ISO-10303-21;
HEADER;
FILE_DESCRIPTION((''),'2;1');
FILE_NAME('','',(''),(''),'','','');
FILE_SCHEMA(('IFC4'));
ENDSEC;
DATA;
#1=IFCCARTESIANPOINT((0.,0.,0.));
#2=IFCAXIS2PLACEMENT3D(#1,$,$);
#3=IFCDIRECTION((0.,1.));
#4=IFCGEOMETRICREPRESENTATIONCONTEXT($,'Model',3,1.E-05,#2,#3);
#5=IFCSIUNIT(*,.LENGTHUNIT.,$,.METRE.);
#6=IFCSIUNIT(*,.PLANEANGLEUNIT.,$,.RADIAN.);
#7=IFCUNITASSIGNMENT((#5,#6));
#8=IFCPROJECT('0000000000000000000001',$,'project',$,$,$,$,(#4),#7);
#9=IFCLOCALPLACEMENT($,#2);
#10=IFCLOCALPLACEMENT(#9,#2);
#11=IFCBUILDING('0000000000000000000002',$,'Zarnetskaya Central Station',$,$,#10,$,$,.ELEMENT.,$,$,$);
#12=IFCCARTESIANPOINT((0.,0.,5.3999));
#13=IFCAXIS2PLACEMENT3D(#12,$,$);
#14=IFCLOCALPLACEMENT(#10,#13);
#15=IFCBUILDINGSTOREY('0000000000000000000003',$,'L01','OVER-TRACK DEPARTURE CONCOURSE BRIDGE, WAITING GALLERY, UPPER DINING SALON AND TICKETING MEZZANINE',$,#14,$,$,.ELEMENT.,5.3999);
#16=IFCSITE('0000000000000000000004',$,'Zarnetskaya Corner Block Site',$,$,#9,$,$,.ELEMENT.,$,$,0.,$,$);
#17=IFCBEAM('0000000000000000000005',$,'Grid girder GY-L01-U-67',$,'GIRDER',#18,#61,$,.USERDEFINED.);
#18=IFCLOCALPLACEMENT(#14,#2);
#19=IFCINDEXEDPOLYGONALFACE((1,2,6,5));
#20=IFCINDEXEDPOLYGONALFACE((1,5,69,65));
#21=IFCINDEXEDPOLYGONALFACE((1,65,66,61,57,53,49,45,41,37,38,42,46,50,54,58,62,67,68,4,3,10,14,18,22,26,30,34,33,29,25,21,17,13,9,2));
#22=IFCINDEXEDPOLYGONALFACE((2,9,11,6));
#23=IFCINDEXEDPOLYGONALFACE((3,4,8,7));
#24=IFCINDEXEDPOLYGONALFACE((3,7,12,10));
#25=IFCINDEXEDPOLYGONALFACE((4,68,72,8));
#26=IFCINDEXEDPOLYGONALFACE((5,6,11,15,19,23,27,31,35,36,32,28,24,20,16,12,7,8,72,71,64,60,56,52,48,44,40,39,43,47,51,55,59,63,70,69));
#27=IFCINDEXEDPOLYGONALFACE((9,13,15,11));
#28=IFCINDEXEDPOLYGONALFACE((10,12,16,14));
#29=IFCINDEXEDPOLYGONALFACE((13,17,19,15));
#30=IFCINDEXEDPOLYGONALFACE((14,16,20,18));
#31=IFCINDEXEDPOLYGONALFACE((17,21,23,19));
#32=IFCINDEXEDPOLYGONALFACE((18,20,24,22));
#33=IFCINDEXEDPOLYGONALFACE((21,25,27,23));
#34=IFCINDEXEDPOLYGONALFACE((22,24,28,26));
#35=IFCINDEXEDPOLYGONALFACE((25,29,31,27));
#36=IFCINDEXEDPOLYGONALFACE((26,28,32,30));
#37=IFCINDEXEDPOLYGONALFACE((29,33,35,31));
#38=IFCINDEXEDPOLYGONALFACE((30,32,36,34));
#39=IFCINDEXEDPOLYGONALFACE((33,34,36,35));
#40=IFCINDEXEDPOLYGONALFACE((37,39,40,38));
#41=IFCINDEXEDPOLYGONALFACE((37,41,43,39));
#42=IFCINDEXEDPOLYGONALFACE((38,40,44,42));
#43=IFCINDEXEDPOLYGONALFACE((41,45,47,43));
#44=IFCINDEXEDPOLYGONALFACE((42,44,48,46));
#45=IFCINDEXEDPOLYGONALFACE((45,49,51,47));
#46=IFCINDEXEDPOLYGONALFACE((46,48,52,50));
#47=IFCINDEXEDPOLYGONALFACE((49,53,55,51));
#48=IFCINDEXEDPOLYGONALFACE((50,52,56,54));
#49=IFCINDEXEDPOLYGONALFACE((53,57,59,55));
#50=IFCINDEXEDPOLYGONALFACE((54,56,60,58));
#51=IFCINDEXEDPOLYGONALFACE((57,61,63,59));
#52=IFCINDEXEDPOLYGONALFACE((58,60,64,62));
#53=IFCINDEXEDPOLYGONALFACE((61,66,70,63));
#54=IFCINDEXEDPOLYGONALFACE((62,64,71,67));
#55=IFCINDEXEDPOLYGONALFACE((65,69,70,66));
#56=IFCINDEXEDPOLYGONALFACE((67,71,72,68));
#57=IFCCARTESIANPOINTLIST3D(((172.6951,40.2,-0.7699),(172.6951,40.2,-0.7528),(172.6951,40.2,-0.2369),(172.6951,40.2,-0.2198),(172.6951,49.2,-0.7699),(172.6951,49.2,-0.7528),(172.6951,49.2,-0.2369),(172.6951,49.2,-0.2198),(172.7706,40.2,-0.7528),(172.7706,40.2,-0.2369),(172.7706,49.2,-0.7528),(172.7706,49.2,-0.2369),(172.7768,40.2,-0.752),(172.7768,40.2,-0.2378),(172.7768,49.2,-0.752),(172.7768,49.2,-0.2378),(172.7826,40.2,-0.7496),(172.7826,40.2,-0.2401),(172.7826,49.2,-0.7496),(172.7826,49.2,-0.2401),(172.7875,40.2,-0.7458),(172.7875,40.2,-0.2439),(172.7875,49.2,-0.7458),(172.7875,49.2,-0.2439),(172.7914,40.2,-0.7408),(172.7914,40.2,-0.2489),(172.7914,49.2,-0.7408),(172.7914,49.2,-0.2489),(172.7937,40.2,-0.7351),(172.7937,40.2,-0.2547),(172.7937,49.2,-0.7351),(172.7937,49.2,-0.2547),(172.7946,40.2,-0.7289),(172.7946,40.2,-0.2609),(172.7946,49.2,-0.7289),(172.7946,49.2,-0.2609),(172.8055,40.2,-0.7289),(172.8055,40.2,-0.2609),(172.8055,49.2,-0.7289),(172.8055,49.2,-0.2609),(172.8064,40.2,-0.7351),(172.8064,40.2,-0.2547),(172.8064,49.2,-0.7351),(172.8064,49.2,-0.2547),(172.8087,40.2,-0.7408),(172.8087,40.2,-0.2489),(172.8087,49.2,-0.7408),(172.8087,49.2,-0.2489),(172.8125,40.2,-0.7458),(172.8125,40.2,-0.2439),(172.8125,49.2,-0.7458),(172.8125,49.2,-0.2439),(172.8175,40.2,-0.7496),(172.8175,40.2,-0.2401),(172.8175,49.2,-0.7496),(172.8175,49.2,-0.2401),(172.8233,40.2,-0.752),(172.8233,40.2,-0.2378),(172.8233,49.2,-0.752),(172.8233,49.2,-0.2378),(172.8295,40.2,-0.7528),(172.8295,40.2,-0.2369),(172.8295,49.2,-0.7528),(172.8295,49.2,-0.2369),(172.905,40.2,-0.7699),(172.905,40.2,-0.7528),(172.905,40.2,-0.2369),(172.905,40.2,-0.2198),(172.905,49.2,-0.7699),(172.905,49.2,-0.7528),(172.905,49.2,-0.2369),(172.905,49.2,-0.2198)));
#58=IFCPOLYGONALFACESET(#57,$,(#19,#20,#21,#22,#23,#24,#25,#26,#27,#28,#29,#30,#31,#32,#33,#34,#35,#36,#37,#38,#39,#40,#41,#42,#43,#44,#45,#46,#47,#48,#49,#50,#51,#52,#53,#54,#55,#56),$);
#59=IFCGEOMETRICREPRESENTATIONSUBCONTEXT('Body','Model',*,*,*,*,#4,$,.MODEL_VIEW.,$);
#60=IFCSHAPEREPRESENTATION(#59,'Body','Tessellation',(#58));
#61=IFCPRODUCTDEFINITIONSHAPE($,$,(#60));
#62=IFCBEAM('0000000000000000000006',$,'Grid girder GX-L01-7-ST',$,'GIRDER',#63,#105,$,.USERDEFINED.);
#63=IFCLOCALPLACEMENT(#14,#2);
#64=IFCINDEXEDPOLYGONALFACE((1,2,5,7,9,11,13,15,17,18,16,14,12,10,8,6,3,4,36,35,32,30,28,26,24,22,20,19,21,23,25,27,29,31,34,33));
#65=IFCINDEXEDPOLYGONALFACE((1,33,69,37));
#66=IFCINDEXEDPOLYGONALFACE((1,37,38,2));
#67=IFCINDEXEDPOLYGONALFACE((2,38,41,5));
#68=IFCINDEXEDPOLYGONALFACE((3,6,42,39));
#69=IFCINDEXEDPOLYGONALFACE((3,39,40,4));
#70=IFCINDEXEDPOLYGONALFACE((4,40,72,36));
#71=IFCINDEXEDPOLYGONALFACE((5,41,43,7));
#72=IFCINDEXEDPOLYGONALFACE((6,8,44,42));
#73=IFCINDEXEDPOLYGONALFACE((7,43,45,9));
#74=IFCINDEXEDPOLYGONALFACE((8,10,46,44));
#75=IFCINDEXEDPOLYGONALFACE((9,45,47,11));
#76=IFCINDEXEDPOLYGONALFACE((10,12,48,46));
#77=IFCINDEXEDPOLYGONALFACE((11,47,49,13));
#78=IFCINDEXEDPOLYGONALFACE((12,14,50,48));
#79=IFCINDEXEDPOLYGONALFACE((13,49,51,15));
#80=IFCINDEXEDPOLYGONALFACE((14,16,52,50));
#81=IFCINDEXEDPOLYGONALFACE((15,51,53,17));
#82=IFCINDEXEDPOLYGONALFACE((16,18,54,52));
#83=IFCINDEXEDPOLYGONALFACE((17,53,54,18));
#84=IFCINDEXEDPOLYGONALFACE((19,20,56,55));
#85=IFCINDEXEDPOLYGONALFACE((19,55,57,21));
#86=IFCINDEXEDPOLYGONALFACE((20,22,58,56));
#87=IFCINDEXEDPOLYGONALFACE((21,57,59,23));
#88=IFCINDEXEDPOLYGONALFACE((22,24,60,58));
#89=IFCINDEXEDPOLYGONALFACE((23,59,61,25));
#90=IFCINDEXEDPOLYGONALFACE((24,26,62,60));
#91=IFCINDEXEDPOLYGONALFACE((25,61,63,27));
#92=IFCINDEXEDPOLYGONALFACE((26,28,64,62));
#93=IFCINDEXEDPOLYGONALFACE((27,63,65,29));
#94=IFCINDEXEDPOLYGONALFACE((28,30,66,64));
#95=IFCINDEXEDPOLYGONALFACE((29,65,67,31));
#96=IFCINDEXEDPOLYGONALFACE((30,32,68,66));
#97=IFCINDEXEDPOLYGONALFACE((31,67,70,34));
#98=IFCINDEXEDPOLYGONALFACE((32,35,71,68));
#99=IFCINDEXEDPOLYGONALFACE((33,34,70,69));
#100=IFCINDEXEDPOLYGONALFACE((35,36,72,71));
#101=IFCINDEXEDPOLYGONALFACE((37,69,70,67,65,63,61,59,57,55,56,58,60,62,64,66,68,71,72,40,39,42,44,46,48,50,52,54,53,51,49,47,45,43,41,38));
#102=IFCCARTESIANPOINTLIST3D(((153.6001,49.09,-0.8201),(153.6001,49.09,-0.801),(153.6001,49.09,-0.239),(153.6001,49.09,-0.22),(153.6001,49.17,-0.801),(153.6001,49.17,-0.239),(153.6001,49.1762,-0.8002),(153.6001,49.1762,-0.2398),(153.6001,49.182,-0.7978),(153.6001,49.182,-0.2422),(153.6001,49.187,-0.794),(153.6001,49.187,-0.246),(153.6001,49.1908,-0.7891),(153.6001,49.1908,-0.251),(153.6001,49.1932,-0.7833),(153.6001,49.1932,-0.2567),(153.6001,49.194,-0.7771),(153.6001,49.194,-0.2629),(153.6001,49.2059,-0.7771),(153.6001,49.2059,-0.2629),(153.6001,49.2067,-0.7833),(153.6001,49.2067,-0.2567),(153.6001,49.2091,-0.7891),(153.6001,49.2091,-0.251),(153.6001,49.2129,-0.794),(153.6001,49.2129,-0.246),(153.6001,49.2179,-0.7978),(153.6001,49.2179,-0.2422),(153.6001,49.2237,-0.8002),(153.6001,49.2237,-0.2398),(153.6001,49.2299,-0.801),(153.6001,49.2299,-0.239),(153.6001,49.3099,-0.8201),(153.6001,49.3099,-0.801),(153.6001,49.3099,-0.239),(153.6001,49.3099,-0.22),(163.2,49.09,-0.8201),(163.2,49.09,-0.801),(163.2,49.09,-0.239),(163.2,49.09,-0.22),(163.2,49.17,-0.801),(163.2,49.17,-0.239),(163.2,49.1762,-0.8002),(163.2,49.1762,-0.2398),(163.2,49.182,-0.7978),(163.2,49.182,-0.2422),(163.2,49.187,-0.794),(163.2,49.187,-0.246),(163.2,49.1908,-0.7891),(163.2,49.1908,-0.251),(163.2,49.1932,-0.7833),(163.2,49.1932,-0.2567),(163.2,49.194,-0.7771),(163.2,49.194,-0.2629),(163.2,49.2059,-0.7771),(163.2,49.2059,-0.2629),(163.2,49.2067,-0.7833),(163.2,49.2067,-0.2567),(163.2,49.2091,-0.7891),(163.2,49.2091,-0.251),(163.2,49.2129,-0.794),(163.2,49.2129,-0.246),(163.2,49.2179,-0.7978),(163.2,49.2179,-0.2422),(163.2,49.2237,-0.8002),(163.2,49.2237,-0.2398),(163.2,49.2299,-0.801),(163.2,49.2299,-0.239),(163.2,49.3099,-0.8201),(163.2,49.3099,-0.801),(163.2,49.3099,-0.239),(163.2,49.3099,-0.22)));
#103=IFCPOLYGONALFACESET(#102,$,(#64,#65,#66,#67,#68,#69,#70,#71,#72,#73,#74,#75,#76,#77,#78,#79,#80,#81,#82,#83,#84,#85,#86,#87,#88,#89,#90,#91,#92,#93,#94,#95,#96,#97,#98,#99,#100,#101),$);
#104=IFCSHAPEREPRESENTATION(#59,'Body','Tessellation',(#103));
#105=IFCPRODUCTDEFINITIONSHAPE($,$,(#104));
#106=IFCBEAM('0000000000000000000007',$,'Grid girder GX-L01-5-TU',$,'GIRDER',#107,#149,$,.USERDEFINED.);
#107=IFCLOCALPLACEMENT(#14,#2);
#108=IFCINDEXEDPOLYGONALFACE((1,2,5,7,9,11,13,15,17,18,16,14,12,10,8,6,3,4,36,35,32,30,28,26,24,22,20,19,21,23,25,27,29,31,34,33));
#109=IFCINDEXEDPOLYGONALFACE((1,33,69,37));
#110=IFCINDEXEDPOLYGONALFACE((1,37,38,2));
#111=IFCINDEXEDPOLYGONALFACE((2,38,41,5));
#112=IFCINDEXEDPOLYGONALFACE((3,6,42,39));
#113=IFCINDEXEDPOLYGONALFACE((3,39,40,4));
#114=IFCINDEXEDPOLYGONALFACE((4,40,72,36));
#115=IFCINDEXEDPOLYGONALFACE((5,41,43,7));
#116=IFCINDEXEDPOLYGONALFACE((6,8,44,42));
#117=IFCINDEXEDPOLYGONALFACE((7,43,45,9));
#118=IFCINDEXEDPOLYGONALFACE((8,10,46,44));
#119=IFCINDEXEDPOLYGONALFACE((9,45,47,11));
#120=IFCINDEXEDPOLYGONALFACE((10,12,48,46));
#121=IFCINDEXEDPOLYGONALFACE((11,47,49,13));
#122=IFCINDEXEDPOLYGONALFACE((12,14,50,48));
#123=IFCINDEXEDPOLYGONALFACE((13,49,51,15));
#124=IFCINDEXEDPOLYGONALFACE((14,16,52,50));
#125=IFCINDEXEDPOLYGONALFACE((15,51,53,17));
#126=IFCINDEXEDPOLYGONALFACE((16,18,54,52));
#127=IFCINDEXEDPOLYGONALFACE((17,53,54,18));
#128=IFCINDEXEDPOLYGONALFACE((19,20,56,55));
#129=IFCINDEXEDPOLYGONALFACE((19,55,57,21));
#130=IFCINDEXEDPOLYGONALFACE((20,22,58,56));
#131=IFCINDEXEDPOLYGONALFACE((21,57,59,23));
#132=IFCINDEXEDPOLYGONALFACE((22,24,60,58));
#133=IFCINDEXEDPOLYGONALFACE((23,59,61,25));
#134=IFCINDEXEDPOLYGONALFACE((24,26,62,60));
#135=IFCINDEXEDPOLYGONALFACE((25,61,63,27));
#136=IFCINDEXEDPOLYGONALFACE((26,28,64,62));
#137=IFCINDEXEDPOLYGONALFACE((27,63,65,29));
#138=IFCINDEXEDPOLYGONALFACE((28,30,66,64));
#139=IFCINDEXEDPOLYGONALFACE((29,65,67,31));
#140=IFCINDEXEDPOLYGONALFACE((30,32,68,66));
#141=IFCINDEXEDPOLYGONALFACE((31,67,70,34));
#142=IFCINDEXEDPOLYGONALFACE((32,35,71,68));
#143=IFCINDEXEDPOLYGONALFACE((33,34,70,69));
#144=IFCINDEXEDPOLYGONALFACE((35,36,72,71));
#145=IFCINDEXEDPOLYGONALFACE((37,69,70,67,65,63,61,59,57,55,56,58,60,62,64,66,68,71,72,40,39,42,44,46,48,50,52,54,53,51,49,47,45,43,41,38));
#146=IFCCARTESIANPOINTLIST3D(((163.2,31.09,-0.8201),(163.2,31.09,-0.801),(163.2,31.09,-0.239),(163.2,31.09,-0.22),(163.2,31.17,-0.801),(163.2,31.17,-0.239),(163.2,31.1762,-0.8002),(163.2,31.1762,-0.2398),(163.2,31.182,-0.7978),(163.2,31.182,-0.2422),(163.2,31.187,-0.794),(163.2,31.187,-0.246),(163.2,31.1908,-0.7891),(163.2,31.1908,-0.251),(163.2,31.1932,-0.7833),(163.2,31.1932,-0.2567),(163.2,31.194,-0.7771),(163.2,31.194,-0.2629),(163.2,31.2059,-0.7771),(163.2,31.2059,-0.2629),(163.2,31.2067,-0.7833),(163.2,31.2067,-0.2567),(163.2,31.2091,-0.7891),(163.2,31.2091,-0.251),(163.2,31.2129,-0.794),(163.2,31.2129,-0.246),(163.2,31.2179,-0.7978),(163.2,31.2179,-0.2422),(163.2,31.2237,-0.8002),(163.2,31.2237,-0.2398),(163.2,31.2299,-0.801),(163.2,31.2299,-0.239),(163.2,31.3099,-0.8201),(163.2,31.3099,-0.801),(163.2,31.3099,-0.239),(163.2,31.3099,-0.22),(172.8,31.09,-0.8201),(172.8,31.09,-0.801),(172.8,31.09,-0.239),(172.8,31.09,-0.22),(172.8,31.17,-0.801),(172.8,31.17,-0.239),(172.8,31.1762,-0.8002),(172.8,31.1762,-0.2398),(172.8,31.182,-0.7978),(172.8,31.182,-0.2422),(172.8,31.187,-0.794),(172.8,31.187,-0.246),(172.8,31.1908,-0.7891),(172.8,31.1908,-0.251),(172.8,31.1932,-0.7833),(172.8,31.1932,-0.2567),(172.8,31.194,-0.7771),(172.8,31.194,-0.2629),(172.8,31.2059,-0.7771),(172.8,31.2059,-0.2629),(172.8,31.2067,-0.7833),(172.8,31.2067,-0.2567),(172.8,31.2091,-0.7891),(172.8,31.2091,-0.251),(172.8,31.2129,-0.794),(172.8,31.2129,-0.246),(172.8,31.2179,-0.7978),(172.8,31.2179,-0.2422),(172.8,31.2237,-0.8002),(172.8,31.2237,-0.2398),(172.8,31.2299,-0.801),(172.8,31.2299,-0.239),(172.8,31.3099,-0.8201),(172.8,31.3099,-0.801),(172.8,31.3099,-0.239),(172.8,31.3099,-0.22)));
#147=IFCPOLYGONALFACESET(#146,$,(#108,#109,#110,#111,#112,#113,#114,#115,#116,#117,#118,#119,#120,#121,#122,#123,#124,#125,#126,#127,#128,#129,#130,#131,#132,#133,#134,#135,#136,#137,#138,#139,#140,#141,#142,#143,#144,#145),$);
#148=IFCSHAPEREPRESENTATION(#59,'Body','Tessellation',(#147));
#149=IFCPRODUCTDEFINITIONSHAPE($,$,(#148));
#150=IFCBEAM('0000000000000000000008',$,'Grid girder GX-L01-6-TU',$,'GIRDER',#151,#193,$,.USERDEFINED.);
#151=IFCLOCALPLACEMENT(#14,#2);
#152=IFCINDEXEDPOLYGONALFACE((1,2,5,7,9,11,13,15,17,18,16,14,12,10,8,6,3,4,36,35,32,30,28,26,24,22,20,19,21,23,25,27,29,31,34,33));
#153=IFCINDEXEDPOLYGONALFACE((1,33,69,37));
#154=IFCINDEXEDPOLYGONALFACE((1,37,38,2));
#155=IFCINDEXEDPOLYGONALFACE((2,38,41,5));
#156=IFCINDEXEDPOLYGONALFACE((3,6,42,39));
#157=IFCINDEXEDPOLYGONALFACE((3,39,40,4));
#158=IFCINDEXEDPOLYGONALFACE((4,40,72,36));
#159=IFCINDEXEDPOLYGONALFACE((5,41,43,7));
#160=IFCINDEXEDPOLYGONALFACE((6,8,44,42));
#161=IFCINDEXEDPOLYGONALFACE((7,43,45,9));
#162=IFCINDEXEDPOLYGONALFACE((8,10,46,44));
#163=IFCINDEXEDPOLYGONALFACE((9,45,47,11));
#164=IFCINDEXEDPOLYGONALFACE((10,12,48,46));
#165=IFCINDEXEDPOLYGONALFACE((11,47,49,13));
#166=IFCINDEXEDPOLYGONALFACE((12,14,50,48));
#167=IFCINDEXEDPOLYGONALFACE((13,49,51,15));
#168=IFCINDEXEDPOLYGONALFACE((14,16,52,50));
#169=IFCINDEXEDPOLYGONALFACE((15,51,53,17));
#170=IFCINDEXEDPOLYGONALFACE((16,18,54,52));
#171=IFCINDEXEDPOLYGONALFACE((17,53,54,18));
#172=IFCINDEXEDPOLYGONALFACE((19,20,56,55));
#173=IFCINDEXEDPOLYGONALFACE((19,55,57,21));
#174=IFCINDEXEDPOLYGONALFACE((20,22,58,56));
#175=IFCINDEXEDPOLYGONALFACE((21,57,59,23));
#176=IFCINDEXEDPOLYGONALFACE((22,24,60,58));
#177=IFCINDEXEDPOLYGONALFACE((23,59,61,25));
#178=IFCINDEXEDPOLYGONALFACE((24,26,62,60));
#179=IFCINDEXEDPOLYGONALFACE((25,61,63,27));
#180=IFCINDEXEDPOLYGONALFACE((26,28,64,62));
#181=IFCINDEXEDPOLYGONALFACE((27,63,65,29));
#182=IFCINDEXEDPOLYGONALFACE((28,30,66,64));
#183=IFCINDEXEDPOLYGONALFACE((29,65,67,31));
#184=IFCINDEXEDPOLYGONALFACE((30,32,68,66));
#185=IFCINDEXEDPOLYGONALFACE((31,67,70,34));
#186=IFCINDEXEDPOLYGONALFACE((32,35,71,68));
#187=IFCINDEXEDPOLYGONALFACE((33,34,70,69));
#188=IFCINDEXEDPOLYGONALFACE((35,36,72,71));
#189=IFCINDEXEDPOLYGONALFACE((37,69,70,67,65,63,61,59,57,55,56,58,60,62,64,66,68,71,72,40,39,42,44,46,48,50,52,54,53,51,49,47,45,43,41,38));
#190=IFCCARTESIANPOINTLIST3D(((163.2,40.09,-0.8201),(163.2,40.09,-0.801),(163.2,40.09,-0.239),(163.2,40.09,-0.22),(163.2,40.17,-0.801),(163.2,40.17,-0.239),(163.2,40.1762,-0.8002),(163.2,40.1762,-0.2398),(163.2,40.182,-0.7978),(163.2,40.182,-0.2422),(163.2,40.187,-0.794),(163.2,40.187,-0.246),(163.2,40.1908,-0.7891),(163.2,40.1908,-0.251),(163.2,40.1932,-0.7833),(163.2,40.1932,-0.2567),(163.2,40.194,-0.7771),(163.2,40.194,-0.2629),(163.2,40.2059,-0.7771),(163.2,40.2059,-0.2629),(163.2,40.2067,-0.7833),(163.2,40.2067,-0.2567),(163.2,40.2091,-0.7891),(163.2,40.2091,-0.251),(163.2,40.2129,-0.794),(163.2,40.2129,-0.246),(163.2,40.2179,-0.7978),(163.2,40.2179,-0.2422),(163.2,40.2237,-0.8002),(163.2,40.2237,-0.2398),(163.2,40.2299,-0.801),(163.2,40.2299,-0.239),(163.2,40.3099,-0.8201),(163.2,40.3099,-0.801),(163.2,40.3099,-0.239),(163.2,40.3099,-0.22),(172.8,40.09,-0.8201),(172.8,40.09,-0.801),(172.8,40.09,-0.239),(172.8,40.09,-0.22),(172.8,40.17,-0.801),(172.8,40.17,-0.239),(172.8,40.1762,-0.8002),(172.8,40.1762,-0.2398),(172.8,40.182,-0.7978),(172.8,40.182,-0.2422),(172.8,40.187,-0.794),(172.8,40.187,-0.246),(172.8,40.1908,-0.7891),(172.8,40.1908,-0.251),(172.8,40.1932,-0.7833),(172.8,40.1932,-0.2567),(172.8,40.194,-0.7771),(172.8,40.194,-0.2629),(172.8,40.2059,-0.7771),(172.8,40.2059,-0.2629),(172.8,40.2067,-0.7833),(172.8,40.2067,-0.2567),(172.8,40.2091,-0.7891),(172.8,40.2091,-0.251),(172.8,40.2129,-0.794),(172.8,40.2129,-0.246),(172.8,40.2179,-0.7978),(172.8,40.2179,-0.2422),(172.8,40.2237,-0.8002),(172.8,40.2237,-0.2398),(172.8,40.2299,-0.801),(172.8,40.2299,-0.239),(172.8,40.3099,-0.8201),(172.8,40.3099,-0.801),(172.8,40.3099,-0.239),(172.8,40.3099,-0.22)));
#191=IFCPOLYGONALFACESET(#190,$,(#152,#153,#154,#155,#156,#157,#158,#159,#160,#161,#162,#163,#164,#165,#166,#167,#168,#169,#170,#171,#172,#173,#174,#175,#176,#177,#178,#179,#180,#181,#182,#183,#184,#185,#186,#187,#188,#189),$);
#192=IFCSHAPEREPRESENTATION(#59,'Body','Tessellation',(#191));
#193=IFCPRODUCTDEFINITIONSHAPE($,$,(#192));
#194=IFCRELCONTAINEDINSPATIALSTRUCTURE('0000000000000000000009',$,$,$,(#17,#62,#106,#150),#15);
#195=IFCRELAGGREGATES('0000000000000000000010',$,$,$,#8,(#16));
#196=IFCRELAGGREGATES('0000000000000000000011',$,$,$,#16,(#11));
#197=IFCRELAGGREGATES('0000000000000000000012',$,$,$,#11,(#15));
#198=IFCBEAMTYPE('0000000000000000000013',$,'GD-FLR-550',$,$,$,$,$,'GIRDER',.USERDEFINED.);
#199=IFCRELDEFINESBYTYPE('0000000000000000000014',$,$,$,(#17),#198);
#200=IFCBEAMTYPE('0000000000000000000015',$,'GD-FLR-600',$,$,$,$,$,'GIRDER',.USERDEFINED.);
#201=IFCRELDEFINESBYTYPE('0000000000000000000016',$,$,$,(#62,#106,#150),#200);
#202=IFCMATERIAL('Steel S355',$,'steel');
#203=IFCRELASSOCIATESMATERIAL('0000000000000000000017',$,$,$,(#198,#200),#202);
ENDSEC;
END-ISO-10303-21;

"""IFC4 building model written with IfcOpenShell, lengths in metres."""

from ifc_helpers import new_model, si_unit, direction, frame, origin, origin_2d, place, context, subcontext, project, spatial, i_section, extrude, material, material_profile, profile_set, type_object, element, save


model = new_model("IFC4")

# Units and contexts
model_context = context("Model", 3, precision=1e-05, world=origin(), true_north=direction((0.0, 1.0)))
body_context = subcontext(model_context, "Body", "Model", "MODEL_VIEW")
ifc_project = project(units=[si_unit("LENGTHUNIT", "METRE"), si_unit("PLANEANGLEUNIT", "RADIAN")], contexts=[model_context])

# Site, building, storey
site_placement = place(None, origin())
site = spatial("IfcSite", under=ifc_project, at=site_placement, Name="Zarnetskaya Corner Block Site", CompositionType="ELEMENT", RefElevation=0.0)
building_placement = place(site_placement, origin())
building = spatial("IfcBuilding", under=site, at=building_placement, Name="Zarnetskaya Central Station", CompositionType="ELEMENT")
storey_placement = place(building_placement, frame((0.0, 0.0, 5.3999)))
storey = spatial("IfcBuildingStorey", under=building, at=storey_placement, Name="L01", Description="OVER-TRACK DEPARTURE CONCOURSE BRIDGE, WAITING GALLERY, UPPER DINING SALON AND TICKETING MEZZANINE", CompositionType="ELEMENT", Elevation=5.3999)

# Shared definitions
ifc_material_1 = material(Name="Steel S355", Category="steel")

# Beams
ifc_material_profile_1 = material_profile(ifc_material_1, i_section(OverallWidth=0.21, OverallDepth=0.55, WebThickness=0.011, FlangeThickness=0.0171, FilletRadius=0.0239, at=origin_2d()), Name="IPE 550")
ifc_profile_set_1 = profile_set([ifc_material_profile_1], Name="Steel S355")
beam_type_1 = type_object("IfcBeamType", Name="GD-FLR-550", ElementType="GIRDER", PredefinedType="USERDEFINED", material=ifc_profile_set_1)
for number, where, z_axis, x_axis, name in (
    (1, (172.8, 40.2, -0.4949), (0.0, 1.0, 0.0), (-1.0, 0.0, 0.0), "Grid girder GY-L01-U-67"),
):
    element("IfcBeam", number, at=place(storey_placement, frame(where, z_axis=z_axis, x_axis=x_axis)), inside=storey, type_object=beam_type_1, Name=name, ObjectType="GIRDER", PredefinedType="USERDEFINED", context=body_context, shape_type="SweptSolid", body=[
        extrude(i_section(OverallWidth=0.21, OverallDepth=0.55, WebThickness=0.011, FlangeThickness=0.0171, FilletRadius=0.0239, at=origin_2d()), origin(), (0.0, 0.0, 1.0), 9.0),
    ])
ifc_material_profile_2 = material_profile(ifc_material_1, i_section(OverallWidth=0.22, OverallDepth=0.6001, WebThickness=0.012, FlangeThickness=0.019, FilletRadius=0.0239, at=origin_2d()), Name="IPE 600")
ifc_profile_set_2 = profile_set([ifc_material_profile_2], Name="Steel S355")
beam_type_2 = type_object("IfcBeamType", Name="GD-FLR-600", ElementType="GIRDER", PredefinedType="USERDEFINED", material=ifc_profile_set_2)
beam_placement = place(storey_placement, frame((153.6001, 49.2, -0.52), z_axis=(1.0, 0.0, 0.0), x_axis=(0.0, 1.0, 0.0)))
element("IfcBeam", 2, at=beam_placement, inside=storey, type_object=beam_type_2, Name="Grid girder GX-L01-7-ST", ObjectType="GIRDER", PredefinedType="USERDEFINED", context=body_context, shape_type="SweptSolid", body=[
    extrude(i_section(OverallWidth=0.22, OverallDepth=0.6001, WebThickness=0.012, FlangeThickness=0.019, FilletRadius=0.0239, at=origin_2d()), origin(), (0.0, 0.0, 1.0), 9.5999),
])
for number, where, z_axis, x_axis, name in (
    (3, (163.2, 31.2, -0.52), (1.0, 0.0, 0.0), (0.0, 1.0, 0.0), "Grid girder GX-L01-5-TU"),
    (4, (163.2, 40.2, -0.52), (1.0, 0.0, 0.0), (0.0, 1.0, 0.0), "Grid girder GX-L01-6-TU"),
):
    element("IfcBeam", number, at=place(storey_placement, frame(where, z_axis=z_axis, x_axis=x_axis)), inside=storey, type_object=beam_type_2, Name=name, ObjectType="GIRDER", PredefinedType="USERDEFINED", context=body_context, shape_type="SweptSolid", body=[
        extrude(i_section(OverallWidth=0.22, OverallDepth=0.6001, WebThickness=0.012, FlangeThickness=0.019, FilletRadius=0.0239, at=origin_2d()), origin(), (0.0, 0.0, 1.0), 9.6001),
    ])

save(model, "model.ifc")
